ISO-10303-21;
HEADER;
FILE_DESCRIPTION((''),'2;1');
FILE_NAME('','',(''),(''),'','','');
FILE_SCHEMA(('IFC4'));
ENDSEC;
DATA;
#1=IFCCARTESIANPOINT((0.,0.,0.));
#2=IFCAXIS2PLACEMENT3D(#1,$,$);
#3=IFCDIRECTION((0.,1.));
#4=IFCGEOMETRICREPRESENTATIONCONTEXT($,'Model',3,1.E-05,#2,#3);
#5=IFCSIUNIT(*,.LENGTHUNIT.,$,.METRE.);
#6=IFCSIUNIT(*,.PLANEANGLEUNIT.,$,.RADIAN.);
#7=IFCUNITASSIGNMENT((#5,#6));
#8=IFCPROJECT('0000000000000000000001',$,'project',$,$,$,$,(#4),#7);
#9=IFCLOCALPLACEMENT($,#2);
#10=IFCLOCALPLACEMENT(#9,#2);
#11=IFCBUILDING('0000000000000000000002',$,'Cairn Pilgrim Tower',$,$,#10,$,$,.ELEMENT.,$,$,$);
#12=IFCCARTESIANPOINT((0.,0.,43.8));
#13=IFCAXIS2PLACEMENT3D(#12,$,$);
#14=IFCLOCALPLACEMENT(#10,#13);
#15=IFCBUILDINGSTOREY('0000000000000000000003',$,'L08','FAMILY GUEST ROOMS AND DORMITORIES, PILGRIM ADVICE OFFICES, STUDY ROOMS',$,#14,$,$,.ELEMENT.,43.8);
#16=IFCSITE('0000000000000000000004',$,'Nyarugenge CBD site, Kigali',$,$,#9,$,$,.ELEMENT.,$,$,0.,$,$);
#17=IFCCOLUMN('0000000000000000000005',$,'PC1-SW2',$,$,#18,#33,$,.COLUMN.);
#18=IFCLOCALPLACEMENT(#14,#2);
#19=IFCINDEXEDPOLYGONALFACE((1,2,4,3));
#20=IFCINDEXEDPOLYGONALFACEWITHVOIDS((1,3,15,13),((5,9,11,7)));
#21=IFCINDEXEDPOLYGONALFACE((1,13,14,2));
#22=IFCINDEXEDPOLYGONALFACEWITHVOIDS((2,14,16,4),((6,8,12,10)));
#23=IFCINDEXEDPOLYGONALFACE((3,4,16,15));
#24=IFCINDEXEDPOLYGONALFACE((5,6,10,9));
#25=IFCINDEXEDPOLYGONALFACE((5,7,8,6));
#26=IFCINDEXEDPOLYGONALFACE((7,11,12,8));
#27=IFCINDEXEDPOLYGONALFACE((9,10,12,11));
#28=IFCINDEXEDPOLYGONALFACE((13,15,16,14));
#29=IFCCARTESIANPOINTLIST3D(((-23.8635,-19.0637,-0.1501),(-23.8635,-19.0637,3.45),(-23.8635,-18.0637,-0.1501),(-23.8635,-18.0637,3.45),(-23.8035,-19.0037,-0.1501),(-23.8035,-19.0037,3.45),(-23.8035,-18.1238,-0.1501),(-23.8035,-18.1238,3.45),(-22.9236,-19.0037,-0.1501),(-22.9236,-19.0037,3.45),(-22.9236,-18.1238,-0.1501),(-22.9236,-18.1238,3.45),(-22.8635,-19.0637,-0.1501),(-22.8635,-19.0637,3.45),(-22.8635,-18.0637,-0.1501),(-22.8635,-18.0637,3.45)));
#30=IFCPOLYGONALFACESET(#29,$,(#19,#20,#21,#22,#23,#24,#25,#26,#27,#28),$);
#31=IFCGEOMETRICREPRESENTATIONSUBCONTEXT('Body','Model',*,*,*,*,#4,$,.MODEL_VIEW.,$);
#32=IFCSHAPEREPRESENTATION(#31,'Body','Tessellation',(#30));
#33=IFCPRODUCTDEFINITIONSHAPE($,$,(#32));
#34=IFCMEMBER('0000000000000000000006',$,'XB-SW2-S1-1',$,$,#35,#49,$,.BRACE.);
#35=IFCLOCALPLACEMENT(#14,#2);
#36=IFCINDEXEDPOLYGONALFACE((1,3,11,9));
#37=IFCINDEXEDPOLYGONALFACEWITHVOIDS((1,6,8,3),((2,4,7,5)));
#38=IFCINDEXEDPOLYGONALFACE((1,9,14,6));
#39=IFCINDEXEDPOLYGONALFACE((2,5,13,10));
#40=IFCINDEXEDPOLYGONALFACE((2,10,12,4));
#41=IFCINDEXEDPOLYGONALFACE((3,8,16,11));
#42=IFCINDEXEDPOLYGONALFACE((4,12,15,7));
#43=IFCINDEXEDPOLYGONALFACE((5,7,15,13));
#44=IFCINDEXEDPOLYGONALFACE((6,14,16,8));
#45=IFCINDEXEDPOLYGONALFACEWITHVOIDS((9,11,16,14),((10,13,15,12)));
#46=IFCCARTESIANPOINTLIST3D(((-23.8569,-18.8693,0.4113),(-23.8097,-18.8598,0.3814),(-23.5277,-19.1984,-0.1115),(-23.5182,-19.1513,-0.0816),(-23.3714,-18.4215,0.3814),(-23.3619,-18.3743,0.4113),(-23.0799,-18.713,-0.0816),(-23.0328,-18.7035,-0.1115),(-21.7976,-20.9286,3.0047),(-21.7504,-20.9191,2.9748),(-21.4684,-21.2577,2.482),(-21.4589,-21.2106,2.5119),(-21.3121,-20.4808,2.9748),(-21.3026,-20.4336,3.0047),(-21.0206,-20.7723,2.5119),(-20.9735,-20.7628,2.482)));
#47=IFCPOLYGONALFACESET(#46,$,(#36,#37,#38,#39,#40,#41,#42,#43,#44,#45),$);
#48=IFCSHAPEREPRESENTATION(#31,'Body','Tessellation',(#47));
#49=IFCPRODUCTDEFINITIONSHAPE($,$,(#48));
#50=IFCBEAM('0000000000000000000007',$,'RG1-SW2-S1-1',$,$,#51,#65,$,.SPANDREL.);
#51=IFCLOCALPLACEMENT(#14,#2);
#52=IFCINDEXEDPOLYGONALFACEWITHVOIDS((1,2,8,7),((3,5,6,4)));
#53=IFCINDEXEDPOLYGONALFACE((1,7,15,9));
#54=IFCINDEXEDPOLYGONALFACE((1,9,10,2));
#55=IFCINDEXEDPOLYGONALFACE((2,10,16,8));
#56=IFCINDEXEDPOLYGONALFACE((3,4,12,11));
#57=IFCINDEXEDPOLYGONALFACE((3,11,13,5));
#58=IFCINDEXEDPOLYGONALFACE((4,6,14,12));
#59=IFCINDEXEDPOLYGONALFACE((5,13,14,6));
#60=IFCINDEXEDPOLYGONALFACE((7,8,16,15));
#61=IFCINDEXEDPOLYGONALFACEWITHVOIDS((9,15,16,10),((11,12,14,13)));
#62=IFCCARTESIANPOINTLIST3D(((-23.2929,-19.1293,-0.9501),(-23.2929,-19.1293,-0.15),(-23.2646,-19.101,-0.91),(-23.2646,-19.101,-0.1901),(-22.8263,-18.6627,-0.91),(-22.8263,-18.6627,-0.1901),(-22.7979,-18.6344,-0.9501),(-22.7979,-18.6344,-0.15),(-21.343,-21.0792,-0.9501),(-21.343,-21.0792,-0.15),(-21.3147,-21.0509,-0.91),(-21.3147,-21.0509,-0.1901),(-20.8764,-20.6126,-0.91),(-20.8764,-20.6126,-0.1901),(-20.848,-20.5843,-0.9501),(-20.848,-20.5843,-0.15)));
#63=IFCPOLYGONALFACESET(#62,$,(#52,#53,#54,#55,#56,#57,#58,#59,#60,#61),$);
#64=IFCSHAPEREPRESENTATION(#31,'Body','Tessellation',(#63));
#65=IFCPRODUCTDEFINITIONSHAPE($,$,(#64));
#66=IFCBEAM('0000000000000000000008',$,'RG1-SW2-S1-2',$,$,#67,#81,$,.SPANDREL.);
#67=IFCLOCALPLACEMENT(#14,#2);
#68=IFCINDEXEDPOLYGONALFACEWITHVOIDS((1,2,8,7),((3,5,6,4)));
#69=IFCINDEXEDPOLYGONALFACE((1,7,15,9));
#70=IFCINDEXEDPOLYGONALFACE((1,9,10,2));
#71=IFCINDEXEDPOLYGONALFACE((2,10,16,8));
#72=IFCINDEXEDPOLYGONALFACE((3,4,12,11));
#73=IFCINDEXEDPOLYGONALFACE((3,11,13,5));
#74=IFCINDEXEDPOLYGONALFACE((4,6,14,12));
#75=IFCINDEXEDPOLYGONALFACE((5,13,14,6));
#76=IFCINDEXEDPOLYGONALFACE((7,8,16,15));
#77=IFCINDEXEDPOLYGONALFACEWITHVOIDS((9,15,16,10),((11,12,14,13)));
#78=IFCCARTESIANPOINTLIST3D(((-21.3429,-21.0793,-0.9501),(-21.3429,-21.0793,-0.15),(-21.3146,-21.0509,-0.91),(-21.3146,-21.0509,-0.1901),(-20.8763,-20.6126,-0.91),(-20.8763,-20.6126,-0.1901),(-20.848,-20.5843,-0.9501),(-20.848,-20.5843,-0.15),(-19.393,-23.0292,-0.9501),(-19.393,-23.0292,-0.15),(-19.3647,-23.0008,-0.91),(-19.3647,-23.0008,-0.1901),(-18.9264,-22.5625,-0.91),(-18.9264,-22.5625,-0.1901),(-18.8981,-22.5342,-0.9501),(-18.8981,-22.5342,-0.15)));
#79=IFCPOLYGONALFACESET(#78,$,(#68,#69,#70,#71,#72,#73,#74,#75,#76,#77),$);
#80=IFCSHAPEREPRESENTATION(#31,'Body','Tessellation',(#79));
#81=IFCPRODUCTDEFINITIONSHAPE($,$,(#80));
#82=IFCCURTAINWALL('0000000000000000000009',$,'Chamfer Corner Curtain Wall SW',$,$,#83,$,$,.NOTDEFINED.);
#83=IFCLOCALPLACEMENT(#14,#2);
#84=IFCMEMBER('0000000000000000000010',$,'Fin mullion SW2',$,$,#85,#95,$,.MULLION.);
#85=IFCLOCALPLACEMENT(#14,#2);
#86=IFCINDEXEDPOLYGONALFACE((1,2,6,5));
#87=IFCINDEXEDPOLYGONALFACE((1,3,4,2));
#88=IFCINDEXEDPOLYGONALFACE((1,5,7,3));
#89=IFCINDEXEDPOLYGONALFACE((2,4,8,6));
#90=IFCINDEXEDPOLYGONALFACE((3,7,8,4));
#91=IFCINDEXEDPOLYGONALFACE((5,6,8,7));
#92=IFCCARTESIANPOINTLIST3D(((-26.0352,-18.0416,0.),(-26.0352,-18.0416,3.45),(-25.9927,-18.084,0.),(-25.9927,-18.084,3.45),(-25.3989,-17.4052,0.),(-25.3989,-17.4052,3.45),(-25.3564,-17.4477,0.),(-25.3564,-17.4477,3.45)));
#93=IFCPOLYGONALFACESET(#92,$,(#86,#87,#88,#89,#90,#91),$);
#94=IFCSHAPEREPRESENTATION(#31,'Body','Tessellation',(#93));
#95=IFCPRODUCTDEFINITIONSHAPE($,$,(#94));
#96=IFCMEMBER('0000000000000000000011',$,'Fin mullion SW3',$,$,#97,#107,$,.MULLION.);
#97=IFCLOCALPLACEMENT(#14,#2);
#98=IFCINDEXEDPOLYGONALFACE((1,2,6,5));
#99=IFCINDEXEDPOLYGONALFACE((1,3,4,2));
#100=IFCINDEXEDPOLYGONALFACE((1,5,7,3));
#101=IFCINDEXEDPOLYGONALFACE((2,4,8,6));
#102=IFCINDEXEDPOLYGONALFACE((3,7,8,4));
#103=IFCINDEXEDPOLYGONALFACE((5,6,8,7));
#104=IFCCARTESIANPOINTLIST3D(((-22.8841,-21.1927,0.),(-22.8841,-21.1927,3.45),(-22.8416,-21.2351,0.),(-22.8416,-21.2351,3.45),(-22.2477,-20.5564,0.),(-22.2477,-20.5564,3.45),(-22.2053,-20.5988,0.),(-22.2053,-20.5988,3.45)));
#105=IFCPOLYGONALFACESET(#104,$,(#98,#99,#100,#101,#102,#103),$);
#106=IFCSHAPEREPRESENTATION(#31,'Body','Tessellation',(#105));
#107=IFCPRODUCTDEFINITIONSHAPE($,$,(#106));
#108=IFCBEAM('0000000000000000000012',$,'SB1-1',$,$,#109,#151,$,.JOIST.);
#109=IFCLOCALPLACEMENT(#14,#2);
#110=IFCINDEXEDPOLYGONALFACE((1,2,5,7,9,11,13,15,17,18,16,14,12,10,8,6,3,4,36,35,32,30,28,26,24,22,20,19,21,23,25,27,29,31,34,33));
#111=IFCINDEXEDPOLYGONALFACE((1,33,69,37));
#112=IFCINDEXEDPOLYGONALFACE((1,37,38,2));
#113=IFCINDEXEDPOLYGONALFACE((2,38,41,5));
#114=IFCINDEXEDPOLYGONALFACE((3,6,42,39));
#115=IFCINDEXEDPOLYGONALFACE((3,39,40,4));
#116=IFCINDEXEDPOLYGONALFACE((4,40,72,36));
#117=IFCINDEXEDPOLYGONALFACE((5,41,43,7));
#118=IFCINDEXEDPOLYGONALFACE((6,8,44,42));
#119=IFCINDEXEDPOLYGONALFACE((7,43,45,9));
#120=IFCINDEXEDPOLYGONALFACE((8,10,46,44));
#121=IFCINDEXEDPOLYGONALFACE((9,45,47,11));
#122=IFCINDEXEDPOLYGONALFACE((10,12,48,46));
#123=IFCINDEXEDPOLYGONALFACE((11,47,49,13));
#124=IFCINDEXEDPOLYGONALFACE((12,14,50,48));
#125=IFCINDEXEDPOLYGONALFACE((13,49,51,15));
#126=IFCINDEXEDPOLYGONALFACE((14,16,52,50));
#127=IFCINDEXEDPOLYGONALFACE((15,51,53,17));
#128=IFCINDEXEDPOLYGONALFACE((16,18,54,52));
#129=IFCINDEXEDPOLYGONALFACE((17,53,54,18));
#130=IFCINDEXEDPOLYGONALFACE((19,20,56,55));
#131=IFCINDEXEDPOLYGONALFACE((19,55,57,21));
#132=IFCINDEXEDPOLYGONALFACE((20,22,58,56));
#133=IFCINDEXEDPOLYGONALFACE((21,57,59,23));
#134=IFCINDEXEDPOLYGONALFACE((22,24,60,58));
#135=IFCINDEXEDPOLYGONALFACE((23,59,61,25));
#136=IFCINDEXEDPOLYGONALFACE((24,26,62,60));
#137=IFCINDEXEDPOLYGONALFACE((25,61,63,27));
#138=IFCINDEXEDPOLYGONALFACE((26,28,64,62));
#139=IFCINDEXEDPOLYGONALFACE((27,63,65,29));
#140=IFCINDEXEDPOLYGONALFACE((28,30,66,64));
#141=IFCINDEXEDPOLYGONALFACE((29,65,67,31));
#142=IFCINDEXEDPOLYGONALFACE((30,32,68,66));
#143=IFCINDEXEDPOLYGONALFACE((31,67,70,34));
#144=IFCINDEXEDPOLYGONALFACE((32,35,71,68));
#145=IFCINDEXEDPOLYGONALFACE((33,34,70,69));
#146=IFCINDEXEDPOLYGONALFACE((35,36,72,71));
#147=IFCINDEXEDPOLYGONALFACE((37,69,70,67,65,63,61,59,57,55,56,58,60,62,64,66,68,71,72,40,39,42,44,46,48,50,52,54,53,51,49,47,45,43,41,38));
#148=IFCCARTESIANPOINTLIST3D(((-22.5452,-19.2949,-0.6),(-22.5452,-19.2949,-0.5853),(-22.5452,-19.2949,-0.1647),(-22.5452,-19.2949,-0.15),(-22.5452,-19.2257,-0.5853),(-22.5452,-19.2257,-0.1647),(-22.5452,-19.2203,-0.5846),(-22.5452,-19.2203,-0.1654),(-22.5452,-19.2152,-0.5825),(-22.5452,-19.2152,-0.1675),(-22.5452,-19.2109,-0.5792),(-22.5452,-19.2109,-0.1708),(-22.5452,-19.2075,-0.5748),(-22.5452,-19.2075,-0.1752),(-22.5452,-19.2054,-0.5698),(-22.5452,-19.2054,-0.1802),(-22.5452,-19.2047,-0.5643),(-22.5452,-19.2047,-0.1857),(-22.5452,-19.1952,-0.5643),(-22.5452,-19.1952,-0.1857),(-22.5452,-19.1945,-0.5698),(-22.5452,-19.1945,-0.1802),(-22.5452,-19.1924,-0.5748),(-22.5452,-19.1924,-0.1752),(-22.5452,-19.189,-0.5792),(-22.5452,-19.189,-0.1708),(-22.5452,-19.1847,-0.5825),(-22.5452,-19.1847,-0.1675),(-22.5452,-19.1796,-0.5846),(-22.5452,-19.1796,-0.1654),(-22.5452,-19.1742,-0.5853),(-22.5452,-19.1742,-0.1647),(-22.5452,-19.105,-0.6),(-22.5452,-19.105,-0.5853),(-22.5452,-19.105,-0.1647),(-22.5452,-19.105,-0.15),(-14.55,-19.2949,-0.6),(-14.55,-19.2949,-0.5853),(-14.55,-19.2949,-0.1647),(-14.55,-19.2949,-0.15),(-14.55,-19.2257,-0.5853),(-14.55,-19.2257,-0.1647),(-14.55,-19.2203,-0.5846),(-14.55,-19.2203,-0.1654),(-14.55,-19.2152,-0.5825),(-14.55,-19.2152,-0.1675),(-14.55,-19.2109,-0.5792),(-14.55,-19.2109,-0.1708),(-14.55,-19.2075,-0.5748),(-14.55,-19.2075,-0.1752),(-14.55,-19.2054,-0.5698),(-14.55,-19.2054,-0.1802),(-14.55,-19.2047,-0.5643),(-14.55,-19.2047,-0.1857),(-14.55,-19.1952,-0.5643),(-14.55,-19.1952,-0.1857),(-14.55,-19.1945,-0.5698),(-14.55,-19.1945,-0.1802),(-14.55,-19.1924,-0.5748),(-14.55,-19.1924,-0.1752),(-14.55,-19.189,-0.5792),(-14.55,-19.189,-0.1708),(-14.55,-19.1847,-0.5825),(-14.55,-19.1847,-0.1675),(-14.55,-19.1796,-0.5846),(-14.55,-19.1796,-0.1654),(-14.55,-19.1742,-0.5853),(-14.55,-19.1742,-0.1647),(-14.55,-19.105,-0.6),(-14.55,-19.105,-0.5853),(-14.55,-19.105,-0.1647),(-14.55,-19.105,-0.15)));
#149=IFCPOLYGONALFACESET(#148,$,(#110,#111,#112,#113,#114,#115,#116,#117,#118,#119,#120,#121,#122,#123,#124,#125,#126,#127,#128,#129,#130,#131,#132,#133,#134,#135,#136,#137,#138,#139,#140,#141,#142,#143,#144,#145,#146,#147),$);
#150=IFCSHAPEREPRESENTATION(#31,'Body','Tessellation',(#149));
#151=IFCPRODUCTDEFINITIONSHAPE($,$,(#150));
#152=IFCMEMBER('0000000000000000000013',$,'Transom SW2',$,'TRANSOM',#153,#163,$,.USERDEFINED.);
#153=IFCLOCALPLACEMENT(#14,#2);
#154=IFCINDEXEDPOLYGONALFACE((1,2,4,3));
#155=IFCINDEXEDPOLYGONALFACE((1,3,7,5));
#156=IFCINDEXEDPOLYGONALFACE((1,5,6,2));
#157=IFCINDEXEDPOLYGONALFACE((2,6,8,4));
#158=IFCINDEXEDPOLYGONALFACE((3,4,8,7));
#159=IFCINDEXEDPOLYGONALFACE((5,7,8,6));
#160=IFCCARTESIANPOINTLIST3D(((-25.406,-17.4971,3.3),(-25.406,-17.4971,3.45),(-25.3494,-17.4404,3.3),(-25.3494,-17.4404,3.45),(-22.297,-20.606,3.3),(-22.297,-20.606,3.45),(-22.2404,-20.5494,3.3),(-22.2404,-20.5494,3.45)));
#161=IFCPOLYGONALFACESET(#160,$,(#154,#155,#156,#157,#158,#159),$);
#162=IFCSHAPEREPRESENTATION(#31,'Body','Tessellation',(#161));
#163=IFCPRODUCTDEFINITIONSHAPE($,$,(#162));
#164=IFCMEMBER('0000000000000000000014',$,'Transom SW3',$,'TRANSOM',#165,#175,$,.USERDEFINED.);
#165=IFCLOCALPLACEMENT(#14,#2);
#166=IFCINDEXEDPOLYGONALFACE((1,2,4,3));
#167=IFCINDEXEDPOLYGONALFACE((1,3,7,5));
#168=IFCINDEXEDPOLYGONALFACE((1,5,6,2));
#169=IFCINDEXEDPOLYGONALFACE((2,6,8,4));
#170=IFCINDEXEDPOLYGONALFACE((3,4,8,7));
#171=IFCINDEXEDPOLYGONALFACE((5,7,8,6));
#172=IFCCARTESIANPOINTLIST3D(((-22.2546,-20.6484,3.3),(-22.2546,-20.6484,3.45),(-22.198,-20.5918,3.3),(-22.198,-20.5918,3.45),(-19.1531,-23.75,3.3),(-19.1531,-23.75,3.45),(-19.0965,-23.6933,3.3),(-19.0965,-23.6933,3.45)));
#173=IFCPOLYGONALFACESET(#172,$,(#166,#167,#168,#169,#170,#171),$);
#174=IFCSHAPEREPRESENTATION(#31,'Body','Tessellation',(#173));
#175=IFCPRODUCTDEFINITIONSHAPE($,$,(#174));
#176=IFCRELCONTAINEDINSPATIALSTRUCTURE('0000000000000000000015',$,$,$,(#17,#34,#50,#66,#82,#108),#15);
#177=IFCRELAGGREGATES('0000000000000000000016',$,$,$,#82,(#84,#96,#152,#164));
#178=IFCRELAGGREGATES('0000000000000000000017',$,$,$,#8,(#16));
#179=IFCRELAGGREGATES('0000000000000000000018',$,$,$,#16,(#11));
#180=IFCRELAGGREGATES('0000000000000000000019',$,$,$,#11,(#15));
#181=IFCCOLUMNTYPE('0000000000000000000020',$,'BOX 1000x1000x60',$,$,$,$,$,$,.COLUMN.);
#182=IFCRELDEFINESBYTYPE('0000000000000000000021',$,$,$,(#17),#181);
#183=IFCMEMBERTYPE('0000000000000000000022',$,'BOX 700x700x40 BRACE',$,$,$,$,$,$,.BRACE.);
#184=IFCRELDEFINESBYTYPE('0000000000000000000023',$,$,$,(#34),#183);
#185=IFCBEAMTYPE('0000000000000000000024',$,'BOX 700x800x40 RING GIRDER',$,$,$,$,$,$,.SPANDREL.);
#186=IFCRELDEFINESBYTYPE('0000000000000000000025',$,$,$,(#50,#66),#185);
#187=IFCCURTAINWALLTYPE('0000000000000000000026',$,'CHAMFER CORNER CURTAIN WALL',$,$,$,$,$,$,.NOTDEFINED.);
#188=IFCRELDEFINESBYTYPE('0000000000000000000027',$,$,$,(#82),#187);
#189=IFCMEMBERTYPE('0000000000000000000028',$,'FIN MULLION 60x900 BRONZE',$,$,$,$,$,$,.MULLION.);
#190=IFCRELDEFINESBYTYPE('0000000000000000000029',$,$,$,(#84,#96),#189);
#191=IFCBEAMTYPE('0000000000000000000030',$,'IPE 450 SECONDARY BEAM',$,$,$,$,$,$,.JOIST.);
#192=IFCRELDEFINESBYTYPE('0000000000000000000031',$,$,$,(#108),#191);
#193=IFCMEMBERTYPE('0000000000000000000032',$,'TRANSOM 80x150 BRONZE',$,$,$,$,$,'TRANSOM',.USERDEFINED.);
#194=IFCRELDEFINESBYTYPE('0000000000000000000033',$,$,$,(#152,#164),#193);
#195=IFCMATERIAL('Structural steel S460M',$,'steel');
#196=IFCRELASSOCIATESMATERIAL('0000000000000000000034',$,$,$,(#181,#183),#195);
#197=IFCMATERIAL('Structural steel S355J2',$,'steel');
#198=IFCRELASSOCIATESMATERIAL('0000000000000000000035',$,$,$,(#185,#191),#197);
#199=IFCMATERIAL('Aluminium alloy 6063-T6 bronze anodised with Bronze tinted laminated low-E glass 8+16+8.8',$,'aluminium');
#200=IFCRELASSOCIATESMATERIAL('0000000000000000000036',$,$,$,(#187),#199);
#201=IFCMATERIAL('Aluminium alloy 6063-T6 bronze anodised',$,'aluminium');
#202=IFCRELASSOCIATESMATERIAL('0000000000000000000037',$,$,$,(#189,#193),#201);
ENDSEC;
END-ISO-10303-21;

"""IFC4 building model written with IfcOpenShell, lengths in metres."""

from ifc_helpers import new_model, si_unit, direction, frame, origin, origin_2d, place, context, subcontext, project, spatial, rectangle, hollow_rectangle, i_section, extrude, material, material_profile, profile_set, type_object, element, aggregate, save


model = new_model("IFC4")

# Units and contexts
model_context = context("Model", 3, precision=1e-05, world=origin(), true_north=direction((0.0, 1.0)))
body_context = subcontext(model_context, "Body", "Model", "MODEL_VIEW")
ifc_project = project(units=[si_unit("LENGTHUNIT", "METRE"), si_unit("PLANEANGLEUNIT", "RADIAN")], contexts=[model_context])

# Site, building, storey
site_placement = place(None, origin())
site = spatial("IfcSite", under=ifc_project, at=site_placement, Name="Nyarugenge CBD site, Kigali", CompositionType="ELEMENT", RefElevation=0.0)
building_placement = place(site_placement, origin())
building = spatial("IfcBuilding", under=site, at=building_placement, Name="Cairn Pilgrim Tower", CompositionType="ELEMENT")
storey_placement = place(building_placement, frame((0.0, 0.0, 43.8)))
storey = spatial("IfcBuildingStorey", under=building, at=storey_placement, Name="L08", Description="FAMILY GUEST ROOMS AND DORMITORIES, PILGRIM ADVICE OFFICES, STUDY ROOMS", CompositionType="ELEMENT", Elevation=43.8)

# Column
ifc_material_1 = material(Name="Structural steel S460M", Category="steel")
ifc_material_profile_1 = material_profile(ifc_material_1, hollow_rectangle(XDim=1.0, YDim=1.0, WallThickness=0.0601, at=origin_2d()), Name="BOX 1000x1000x60")
ifc_profile_set_1 = profile_set([ifc_material_profile_1], Name="Structural steel S460M")
column_type = type_object("IfcColumnType", Name="BOX 1000x1000x60", PredefinedType="COLUMN", material=ifc_profile_set_1)
column_placement = place(storey_placement, frame((-23.3635, -18.5637, -0.1501), z_axis=(0.0, 0.0, 1.0), x_axis=(1.0, 0.0, 0.0)))
element("IfcColumn", 1, at=column_placement, inside=storey, type_object=column_type, Name="PC1-SW2", PredefinedType="COLUMN", context=body_context, shape_type="SweptSolid", body=[
    extrude(hollow_rectangle(XDim=1.0, YDim=1.0, WallThickness=0.0601, at=origin_2d()), origin(), (0.0, 0.0, 1.0), 3.6001),
])

# Member
ifc_material_profile_2 = material_profile(ifc_material_1, hollow_rectangle(XDim=0.7, YDim=0.7, WallThickness=0.04, at=origin_2d()), Name="BOX 700x700x40")
ifc_profile_set_2 = profile_set([ifc_material_profile_2], Name="Structural steel S460M")
member_type_1 = type_object("IfcMemberType", Name="BOX 700x700x40 BRACE", PredefinedType="BRACE", material=ifc_profile_set_2)
member_1_placement = place(storey_placement, frame((-23.4448, -18.7864, 0.1499), z_axis=(0.528068, -0.528068, 0.665047), x_axis=(0.707107, 0.707107, 0.0)))
element("IfcMember", 2, at=member_1_placement, inside=storey, type_object=member_type_1, Name="XB-SW2-S1-1", PredefinedType="BRACE", context=body_context, shape_type="SweptSolid", body=[
    extrude(hollow_rectangle(XDim=0.7, YDim=0.7, WallThickness=0.04, at=origin_2d()), origin(), (0.0, 0.0, 1.0), 3.8997),
])

# Beams
ifc_material_2 = material(Name="Structural steel S355J2", Category="steel")
ifc_material_profile_3 = material_profile(ifc_material_2, hollow_rectangle(XDim=0.7, YDim=0.8, WallThickness=0.04, at=origin_2d()), Name="BOX 700x800x40")
ifc_profile_set_3 = profile_set([ifc_material_profile_3], Name="Structural steel S355J2")
beam_type_1 = type_object("IfcBeamType", Name="BOX 700x800x40 RING GIRDER", PredefinedType="SPANDREL", material=ifc_profile_set_3)
for number, where, z_axis, x_axis, name in (
    (3, (-23.0454, -18.8818, -0.55), (0.707107, -0.707107, 0.0), (0.707107, 0.707107, 0.0), "RG1-SW2-S1-1"),
    (4, (-21.0955, -20.8318, -0.55), (0.707107, -0.707107, 0.0), (0.707107, 0.707107, 0.0), "RG1-SW2-S1-2"),
):
    element("IfcBeam", number, at=place(storey_placement, frame(where, z_axis=z_axis, x_axis=x_axis)), inside=storey, type_object=beam_type_1, Name=name, PredefinedType="SPANDREL", context=body_context, shape_type="SweptSolid", body=[
        extrude(hollow_rectangle(XDim=0.7, YDim=0.8, WallThickness=0.04, at=origin_2d()), origin(), (0.0, 0.0, 1.0), 2.7576),
    ])

# Curtain wall, members
ifc_material_3 = material(Name="Aluminium alloy 6063-T6 bronze anodised with Bronze tinted laminated low-E glass 8+16+8.8", Category="aluminium")
curtain_wall_type = type_object("IfcCurtainWallType", Name="CHAMFER CORNER CURTAIN WALL", PredefinedType="NOTDEFINED", material=ifc_material_3)
curtain_wall_placement = place(storey_placement, origin())
curtain_wall = element("IfcCurtainWall", 5, at=curtain_wall_placement, inside=storey, type_object=curtain_wall_type, Name="Chamfer Corner Curtain Wall SW", PredefinedType="NOTDEFINED")
ifc_material_4 = material(Name="Aluminium alloy 6063-T6 bronze anodised", Category="aluminium")
ifc_material_profile_4 = material_profile(ifc_material_4, rectangle(XDim=0.8999, YDim=0.0601, at=origin_2d()), Name="FIN MULLION 60x900 BRONZE")
ifc_profile_set_4 = profile_set([ifc_material_profile_4], Name="Aluminium alloy 6063-T6 bronze anodised")
member_type_2 = type_object("IfcMemberType", Name="FIN MULLION 60x900 BRONZE", PredefinedType="MULLION", material=ifc_profile_set_4)
member_2_placement = place(storey_placement, frame((-25.6958, -17.7446, 0.0), z_axis=(0.0, 0.0, 1.0), x_axis=(-0.707107, -0.707107, 0.0)))
member_2 = element("IfcMember", 6, at=member_2_placement, type_object=member_type_2, Name="Fin mullion SW2", PredefinedType="MULLION", context=body_context, shape_type="SweptSolid", body=[
    extrude(rectangle(XDim=0.8999, YDim=0.0601, at=origin_2d()), origin(), (0.0, 0.0, 1.0), 3.45),
])
member_3_placement = place(storey_placement, frame((-22.5447, -20.8958, 0.0), z_axis=(0.0, 0.0, 1.0), x_axis=(-0.707107, -0.707107, 0.0)))
member_3 = element("IfcMember", 7, at=member_3_placement, type_object=member_type_2, Name="Fin mullion SW3", PredefinedType="MULLION", context=body_context, shape_type="SweptSolid", body=[
    extrude(rectangle(XDim=0.8999, YDim=0.0601, at=origin_2d()), origin(), (0.0, 0.0, 1.0), 3.45),
])

# Beam
ifc_material_profile_5 = material_profile(ifc_material_2, i_section(OverallWidth=0.1899, OverallDepth=0.45, WebThickness=0.0095, FlangeThickness=0.0146, FilletRadius=0.021, at=origin_2d()), Name="IPE 450")
ifc_profile_set_5 = profile_set([ifc_material_profile_5], Name="Structural steel S355J2")
beam_type_2 = type_object("IfcBeamType", Name="IPE 450 SECONDARY BEAM", PredefinedType="JOIST", material=ifc_profile_set_5)
beam_placement = place(storey_placement, frame((-22.5452, -19.2, -0.375), z_axis=(1.0, 0.0, 0.0), x_axis=(0.0, 1.0, 0.0)))
element("IfcBeam", 8, at=beam_placement, inside=storey, type_object=beam_type_2, Name="SB1-1", PredefinedType="JOIST", context=body_context, shape_type="SweptSolid", body=[
    extrude(i_section(OverallWidth=0.1899, OverallDepth=0.45, WebThickness=0.0095, FlangeThickness=0.0146, FilletRadius=0.021, at=origin_2d()), origin(), (0.0, 0.0, 1.0), 7.9951),
])

# Members
ifc_material_profile_6 = material_profile(ifc_material_4, rectangle(XDim=0.0801, YDim=0.1499, at=origin_2d()), Name="TRANSOM 80x150 BRONZE")
ifc_profile_set_6 = profile_set([ifc_material_profile_6], Name="Aluminium alloy 6063-T6 bronze anodised")
member_type_3 = type_object("IfcMemberType", Name="TRANSOM 80x150 BRONZE", ElementType="TRANSOM", PredefinedType="USERDEFINED", material=ifc_profile_set_6)
member_4_placement = place(storey_placement, frame((-25.3777, -17.4688, 3.375), z_axis=(0.707107, -0.707107, 0.0), x_axis=(0.707107, 0.707107, 0.0)))
member_4 = element("IfcMember", 9, at=member_4_placement, type_object=member_type_3, Name="Transom SW2", ObjectType="TRANSOM", PredefinedType="USERDEFINED", context=body_context, shape_type="SweptSolid", body=[
    extrude(rectangle(XDim=0.0801, YDim=0.1499, at=origin_2d()), origin(), (0.0, 0.0, 1.0), 4.3967),
])
member_5_placement = place(storey_placement, frame((-22.2263, -20.6201, 3.375), z_axis=(0.707107, -0.707107, 0.0), x_axis=(0.707107, 0.707107, 0.0)))
member_5 = element("IfcMember", 10, at=member_5_placement, type_object=member_type_3, Name="Transom SW3", ObjectType="TRANSOM", PredefinedType="USERDEFINED", context=body_context, shape_type="SweptSolid", body=[
    extrude(rectangle(XDim=0.0801, YDim=0.1499, at=origin_2d()), origin(), (0.0, 0.0, 1.0), 4.3862),
])

aggregate(curtain_wall, [member_2, member_3, member_4, member_5])

save(model, "model.ifc")
